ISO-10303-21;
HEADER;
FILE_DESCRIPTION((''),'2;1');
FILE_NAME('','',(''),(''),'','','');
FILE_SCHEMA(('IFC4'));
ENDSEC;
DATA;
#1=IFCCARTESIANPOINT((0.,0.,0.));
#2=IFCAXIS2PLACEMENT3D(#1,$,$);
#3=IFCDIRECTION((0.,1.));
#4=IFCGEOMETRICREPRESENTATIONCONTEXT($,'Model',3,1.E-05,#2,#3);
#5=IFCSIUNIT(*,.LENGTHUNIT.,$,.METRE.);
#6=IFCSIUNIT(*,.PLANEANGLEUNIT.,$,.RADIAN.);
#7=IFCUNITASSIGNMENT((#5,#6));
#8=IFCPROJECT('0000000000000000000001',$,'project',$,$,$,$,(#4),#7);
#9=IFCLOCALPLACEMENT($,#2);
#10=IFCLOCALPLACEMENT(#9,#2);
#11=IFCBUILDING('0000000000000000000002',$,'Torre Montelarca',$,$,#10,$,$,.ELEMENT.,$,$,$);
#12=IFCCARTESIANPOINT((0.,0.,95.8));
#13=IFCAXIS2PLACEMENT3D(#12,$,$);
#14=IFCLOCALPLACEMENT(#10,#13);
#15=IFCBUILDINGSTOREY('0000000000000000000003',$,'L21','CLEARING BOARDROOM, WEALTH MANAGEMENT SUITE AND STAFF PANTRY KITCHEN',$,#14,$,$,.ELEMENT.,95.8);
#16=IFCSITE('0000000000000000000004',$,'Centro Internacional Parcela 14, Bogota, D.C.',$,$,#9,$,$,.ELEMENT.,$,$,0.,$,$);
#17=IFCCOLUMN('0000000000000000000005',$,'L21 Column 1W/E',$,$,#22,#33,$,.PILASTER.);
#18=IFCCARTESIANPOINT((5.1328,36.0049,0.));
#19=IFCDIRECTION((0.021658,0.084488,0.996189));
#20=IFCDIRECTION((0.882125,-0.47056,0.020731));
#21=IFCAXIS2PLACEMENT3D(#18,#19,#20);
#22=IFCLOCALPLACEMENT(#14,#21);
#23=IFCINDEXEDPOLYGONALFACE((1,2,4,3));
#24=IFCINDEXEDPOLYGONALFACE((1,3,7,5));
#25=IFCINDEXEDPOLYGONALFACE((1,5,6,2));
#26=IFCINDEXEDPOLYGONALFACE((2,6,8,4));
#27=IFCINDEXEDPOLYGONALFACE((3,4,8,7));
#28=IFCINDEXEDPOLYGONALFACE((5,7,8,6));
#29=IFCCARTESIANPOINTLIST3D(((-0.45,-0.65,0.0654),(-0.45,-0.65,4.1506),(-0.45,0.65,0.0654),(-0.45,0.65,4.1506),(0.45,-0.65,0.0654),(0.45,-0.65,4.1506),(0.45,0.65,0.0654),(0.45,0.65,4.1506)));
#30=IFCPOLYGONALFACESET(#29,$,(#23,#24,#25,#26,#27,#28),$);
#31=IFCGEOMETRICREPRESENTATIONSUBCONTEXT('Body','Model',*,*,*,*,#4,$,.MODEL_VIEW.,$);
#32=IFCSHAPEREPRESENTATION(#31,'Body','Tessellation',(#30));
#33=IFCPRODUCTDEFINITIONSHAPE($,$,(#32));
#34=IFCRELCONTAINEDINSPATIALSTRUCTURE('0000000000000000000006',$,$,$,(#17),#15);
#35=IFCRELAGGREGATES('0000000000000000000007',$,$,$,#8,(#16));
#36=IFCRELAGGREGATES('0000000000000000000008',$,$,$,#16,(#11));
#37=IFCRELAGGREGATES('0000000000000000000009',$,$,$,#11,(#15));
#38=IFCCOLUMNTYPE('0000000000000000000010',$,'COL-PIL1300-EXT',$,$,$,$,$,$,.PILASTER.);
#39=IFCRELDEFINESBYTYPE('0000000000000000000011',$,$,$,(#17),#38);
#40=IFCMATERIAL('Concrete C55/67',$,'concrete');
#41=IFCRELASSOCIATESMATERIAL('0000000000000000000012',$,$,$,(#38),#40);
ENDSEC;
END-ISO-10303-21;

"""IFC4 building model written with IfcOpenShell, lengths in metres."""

from ifc_helpers import new_model, si_unit, direction, frame, origin, origin_2d, place, context, subcontext, project, spatial, rectangle, extrude, clip, halfspace, material, material_profile, profile_set, type_object, element, save


model = new_model("IFC4")

# Units and contexts
model_context = context("Model", 3, precision=1e-05, world=origin(), true_north=direction((0.0, 1.0)))
body_context = subcontext(model_context, "Body", "Model", "MODEL_VIEW")
ifc_project = project(units=[si_unit("LENGTHUNIT", "METRE"), si_unit("PLANEANGLEUNIT", "RADIAN")], contexts=[model_context])

# Site, building, storey
site_placement = place(None, origin())
site = spatial("IfcSite", under=ifc_project, at=site_placement, Name="Centro Internacional Parcela 14, Bogota, D.C.", CompositionType="ELEMENT", RefElevation=0.0)
building_placement = place(site_placement, origin())
building = spatial("IfcBuilding", under=site, at=building_placement, Name="Torre Montelarca", CompositionType="ELEMENT")
storey_placement = place(building_placement, frame((0.0, 0.0, 95.8)))
storey = spatial("IfcBuildingStorey", under=building, at=storey_placement, Name="L21", Description="CLEARING BOARDROOM, WEALTH MANAGEMENT SUITE AND STAFF PANTRY KITCHEN", CompositionType="ELEMENT", Elevation=95.8)

# Column
ifc_material_1 = material(Name="Concrete C55/67", Category="concrete")
ifc_material_profile_1 = material_profile(ifc_material_1, rectangle(XDim=0.8999, YDim=1.3, at=origin_2d()), Name="RC1300X900", Category="concrete")
ifc_profile_set_1 = profile_set([ifc_material_profile_1], Name="Concrete C55/67")
column_type = type_object("IfcColumnType", Name="COL-PIL1300-EXT", PredefinedType="PILASTER", material=ifc_profile_set_1)
column_placement = place(storey_placement, frame((5.1328, 36.0049, 0.0), z_axis=(0.021658, 0.084488, 0.996189), x_axis=(0.882125, -0.47056, 0.020731)))
element("IfcColumn", 1, at=column_placement, inside=storey, type_object=column_type, Name="L21 Column 1W/E", PredefinedType="PILASTER", context=body_context, shape_type="Clipping", body=[
    clip(clip(extrude(rectangle(XDim=0.8999, YDim=1.3, at=origin_2d()), origin(), (0.0, 0.0, 1.0), 4.2161), halfspace(frame((0.0, 0.0, 0.0654), z_axis=(0.0, 0.0, -1.0), x_axis=(1.0, 0.0, 0.0)), False)), halfspace(frame((0.0, 0.0, 4.1506), z_axis=(0.0, 0.0, 1.0), x_axis=(1.0, 0.0, 0.0)), False)),
])

save(model, "model.ifc")
